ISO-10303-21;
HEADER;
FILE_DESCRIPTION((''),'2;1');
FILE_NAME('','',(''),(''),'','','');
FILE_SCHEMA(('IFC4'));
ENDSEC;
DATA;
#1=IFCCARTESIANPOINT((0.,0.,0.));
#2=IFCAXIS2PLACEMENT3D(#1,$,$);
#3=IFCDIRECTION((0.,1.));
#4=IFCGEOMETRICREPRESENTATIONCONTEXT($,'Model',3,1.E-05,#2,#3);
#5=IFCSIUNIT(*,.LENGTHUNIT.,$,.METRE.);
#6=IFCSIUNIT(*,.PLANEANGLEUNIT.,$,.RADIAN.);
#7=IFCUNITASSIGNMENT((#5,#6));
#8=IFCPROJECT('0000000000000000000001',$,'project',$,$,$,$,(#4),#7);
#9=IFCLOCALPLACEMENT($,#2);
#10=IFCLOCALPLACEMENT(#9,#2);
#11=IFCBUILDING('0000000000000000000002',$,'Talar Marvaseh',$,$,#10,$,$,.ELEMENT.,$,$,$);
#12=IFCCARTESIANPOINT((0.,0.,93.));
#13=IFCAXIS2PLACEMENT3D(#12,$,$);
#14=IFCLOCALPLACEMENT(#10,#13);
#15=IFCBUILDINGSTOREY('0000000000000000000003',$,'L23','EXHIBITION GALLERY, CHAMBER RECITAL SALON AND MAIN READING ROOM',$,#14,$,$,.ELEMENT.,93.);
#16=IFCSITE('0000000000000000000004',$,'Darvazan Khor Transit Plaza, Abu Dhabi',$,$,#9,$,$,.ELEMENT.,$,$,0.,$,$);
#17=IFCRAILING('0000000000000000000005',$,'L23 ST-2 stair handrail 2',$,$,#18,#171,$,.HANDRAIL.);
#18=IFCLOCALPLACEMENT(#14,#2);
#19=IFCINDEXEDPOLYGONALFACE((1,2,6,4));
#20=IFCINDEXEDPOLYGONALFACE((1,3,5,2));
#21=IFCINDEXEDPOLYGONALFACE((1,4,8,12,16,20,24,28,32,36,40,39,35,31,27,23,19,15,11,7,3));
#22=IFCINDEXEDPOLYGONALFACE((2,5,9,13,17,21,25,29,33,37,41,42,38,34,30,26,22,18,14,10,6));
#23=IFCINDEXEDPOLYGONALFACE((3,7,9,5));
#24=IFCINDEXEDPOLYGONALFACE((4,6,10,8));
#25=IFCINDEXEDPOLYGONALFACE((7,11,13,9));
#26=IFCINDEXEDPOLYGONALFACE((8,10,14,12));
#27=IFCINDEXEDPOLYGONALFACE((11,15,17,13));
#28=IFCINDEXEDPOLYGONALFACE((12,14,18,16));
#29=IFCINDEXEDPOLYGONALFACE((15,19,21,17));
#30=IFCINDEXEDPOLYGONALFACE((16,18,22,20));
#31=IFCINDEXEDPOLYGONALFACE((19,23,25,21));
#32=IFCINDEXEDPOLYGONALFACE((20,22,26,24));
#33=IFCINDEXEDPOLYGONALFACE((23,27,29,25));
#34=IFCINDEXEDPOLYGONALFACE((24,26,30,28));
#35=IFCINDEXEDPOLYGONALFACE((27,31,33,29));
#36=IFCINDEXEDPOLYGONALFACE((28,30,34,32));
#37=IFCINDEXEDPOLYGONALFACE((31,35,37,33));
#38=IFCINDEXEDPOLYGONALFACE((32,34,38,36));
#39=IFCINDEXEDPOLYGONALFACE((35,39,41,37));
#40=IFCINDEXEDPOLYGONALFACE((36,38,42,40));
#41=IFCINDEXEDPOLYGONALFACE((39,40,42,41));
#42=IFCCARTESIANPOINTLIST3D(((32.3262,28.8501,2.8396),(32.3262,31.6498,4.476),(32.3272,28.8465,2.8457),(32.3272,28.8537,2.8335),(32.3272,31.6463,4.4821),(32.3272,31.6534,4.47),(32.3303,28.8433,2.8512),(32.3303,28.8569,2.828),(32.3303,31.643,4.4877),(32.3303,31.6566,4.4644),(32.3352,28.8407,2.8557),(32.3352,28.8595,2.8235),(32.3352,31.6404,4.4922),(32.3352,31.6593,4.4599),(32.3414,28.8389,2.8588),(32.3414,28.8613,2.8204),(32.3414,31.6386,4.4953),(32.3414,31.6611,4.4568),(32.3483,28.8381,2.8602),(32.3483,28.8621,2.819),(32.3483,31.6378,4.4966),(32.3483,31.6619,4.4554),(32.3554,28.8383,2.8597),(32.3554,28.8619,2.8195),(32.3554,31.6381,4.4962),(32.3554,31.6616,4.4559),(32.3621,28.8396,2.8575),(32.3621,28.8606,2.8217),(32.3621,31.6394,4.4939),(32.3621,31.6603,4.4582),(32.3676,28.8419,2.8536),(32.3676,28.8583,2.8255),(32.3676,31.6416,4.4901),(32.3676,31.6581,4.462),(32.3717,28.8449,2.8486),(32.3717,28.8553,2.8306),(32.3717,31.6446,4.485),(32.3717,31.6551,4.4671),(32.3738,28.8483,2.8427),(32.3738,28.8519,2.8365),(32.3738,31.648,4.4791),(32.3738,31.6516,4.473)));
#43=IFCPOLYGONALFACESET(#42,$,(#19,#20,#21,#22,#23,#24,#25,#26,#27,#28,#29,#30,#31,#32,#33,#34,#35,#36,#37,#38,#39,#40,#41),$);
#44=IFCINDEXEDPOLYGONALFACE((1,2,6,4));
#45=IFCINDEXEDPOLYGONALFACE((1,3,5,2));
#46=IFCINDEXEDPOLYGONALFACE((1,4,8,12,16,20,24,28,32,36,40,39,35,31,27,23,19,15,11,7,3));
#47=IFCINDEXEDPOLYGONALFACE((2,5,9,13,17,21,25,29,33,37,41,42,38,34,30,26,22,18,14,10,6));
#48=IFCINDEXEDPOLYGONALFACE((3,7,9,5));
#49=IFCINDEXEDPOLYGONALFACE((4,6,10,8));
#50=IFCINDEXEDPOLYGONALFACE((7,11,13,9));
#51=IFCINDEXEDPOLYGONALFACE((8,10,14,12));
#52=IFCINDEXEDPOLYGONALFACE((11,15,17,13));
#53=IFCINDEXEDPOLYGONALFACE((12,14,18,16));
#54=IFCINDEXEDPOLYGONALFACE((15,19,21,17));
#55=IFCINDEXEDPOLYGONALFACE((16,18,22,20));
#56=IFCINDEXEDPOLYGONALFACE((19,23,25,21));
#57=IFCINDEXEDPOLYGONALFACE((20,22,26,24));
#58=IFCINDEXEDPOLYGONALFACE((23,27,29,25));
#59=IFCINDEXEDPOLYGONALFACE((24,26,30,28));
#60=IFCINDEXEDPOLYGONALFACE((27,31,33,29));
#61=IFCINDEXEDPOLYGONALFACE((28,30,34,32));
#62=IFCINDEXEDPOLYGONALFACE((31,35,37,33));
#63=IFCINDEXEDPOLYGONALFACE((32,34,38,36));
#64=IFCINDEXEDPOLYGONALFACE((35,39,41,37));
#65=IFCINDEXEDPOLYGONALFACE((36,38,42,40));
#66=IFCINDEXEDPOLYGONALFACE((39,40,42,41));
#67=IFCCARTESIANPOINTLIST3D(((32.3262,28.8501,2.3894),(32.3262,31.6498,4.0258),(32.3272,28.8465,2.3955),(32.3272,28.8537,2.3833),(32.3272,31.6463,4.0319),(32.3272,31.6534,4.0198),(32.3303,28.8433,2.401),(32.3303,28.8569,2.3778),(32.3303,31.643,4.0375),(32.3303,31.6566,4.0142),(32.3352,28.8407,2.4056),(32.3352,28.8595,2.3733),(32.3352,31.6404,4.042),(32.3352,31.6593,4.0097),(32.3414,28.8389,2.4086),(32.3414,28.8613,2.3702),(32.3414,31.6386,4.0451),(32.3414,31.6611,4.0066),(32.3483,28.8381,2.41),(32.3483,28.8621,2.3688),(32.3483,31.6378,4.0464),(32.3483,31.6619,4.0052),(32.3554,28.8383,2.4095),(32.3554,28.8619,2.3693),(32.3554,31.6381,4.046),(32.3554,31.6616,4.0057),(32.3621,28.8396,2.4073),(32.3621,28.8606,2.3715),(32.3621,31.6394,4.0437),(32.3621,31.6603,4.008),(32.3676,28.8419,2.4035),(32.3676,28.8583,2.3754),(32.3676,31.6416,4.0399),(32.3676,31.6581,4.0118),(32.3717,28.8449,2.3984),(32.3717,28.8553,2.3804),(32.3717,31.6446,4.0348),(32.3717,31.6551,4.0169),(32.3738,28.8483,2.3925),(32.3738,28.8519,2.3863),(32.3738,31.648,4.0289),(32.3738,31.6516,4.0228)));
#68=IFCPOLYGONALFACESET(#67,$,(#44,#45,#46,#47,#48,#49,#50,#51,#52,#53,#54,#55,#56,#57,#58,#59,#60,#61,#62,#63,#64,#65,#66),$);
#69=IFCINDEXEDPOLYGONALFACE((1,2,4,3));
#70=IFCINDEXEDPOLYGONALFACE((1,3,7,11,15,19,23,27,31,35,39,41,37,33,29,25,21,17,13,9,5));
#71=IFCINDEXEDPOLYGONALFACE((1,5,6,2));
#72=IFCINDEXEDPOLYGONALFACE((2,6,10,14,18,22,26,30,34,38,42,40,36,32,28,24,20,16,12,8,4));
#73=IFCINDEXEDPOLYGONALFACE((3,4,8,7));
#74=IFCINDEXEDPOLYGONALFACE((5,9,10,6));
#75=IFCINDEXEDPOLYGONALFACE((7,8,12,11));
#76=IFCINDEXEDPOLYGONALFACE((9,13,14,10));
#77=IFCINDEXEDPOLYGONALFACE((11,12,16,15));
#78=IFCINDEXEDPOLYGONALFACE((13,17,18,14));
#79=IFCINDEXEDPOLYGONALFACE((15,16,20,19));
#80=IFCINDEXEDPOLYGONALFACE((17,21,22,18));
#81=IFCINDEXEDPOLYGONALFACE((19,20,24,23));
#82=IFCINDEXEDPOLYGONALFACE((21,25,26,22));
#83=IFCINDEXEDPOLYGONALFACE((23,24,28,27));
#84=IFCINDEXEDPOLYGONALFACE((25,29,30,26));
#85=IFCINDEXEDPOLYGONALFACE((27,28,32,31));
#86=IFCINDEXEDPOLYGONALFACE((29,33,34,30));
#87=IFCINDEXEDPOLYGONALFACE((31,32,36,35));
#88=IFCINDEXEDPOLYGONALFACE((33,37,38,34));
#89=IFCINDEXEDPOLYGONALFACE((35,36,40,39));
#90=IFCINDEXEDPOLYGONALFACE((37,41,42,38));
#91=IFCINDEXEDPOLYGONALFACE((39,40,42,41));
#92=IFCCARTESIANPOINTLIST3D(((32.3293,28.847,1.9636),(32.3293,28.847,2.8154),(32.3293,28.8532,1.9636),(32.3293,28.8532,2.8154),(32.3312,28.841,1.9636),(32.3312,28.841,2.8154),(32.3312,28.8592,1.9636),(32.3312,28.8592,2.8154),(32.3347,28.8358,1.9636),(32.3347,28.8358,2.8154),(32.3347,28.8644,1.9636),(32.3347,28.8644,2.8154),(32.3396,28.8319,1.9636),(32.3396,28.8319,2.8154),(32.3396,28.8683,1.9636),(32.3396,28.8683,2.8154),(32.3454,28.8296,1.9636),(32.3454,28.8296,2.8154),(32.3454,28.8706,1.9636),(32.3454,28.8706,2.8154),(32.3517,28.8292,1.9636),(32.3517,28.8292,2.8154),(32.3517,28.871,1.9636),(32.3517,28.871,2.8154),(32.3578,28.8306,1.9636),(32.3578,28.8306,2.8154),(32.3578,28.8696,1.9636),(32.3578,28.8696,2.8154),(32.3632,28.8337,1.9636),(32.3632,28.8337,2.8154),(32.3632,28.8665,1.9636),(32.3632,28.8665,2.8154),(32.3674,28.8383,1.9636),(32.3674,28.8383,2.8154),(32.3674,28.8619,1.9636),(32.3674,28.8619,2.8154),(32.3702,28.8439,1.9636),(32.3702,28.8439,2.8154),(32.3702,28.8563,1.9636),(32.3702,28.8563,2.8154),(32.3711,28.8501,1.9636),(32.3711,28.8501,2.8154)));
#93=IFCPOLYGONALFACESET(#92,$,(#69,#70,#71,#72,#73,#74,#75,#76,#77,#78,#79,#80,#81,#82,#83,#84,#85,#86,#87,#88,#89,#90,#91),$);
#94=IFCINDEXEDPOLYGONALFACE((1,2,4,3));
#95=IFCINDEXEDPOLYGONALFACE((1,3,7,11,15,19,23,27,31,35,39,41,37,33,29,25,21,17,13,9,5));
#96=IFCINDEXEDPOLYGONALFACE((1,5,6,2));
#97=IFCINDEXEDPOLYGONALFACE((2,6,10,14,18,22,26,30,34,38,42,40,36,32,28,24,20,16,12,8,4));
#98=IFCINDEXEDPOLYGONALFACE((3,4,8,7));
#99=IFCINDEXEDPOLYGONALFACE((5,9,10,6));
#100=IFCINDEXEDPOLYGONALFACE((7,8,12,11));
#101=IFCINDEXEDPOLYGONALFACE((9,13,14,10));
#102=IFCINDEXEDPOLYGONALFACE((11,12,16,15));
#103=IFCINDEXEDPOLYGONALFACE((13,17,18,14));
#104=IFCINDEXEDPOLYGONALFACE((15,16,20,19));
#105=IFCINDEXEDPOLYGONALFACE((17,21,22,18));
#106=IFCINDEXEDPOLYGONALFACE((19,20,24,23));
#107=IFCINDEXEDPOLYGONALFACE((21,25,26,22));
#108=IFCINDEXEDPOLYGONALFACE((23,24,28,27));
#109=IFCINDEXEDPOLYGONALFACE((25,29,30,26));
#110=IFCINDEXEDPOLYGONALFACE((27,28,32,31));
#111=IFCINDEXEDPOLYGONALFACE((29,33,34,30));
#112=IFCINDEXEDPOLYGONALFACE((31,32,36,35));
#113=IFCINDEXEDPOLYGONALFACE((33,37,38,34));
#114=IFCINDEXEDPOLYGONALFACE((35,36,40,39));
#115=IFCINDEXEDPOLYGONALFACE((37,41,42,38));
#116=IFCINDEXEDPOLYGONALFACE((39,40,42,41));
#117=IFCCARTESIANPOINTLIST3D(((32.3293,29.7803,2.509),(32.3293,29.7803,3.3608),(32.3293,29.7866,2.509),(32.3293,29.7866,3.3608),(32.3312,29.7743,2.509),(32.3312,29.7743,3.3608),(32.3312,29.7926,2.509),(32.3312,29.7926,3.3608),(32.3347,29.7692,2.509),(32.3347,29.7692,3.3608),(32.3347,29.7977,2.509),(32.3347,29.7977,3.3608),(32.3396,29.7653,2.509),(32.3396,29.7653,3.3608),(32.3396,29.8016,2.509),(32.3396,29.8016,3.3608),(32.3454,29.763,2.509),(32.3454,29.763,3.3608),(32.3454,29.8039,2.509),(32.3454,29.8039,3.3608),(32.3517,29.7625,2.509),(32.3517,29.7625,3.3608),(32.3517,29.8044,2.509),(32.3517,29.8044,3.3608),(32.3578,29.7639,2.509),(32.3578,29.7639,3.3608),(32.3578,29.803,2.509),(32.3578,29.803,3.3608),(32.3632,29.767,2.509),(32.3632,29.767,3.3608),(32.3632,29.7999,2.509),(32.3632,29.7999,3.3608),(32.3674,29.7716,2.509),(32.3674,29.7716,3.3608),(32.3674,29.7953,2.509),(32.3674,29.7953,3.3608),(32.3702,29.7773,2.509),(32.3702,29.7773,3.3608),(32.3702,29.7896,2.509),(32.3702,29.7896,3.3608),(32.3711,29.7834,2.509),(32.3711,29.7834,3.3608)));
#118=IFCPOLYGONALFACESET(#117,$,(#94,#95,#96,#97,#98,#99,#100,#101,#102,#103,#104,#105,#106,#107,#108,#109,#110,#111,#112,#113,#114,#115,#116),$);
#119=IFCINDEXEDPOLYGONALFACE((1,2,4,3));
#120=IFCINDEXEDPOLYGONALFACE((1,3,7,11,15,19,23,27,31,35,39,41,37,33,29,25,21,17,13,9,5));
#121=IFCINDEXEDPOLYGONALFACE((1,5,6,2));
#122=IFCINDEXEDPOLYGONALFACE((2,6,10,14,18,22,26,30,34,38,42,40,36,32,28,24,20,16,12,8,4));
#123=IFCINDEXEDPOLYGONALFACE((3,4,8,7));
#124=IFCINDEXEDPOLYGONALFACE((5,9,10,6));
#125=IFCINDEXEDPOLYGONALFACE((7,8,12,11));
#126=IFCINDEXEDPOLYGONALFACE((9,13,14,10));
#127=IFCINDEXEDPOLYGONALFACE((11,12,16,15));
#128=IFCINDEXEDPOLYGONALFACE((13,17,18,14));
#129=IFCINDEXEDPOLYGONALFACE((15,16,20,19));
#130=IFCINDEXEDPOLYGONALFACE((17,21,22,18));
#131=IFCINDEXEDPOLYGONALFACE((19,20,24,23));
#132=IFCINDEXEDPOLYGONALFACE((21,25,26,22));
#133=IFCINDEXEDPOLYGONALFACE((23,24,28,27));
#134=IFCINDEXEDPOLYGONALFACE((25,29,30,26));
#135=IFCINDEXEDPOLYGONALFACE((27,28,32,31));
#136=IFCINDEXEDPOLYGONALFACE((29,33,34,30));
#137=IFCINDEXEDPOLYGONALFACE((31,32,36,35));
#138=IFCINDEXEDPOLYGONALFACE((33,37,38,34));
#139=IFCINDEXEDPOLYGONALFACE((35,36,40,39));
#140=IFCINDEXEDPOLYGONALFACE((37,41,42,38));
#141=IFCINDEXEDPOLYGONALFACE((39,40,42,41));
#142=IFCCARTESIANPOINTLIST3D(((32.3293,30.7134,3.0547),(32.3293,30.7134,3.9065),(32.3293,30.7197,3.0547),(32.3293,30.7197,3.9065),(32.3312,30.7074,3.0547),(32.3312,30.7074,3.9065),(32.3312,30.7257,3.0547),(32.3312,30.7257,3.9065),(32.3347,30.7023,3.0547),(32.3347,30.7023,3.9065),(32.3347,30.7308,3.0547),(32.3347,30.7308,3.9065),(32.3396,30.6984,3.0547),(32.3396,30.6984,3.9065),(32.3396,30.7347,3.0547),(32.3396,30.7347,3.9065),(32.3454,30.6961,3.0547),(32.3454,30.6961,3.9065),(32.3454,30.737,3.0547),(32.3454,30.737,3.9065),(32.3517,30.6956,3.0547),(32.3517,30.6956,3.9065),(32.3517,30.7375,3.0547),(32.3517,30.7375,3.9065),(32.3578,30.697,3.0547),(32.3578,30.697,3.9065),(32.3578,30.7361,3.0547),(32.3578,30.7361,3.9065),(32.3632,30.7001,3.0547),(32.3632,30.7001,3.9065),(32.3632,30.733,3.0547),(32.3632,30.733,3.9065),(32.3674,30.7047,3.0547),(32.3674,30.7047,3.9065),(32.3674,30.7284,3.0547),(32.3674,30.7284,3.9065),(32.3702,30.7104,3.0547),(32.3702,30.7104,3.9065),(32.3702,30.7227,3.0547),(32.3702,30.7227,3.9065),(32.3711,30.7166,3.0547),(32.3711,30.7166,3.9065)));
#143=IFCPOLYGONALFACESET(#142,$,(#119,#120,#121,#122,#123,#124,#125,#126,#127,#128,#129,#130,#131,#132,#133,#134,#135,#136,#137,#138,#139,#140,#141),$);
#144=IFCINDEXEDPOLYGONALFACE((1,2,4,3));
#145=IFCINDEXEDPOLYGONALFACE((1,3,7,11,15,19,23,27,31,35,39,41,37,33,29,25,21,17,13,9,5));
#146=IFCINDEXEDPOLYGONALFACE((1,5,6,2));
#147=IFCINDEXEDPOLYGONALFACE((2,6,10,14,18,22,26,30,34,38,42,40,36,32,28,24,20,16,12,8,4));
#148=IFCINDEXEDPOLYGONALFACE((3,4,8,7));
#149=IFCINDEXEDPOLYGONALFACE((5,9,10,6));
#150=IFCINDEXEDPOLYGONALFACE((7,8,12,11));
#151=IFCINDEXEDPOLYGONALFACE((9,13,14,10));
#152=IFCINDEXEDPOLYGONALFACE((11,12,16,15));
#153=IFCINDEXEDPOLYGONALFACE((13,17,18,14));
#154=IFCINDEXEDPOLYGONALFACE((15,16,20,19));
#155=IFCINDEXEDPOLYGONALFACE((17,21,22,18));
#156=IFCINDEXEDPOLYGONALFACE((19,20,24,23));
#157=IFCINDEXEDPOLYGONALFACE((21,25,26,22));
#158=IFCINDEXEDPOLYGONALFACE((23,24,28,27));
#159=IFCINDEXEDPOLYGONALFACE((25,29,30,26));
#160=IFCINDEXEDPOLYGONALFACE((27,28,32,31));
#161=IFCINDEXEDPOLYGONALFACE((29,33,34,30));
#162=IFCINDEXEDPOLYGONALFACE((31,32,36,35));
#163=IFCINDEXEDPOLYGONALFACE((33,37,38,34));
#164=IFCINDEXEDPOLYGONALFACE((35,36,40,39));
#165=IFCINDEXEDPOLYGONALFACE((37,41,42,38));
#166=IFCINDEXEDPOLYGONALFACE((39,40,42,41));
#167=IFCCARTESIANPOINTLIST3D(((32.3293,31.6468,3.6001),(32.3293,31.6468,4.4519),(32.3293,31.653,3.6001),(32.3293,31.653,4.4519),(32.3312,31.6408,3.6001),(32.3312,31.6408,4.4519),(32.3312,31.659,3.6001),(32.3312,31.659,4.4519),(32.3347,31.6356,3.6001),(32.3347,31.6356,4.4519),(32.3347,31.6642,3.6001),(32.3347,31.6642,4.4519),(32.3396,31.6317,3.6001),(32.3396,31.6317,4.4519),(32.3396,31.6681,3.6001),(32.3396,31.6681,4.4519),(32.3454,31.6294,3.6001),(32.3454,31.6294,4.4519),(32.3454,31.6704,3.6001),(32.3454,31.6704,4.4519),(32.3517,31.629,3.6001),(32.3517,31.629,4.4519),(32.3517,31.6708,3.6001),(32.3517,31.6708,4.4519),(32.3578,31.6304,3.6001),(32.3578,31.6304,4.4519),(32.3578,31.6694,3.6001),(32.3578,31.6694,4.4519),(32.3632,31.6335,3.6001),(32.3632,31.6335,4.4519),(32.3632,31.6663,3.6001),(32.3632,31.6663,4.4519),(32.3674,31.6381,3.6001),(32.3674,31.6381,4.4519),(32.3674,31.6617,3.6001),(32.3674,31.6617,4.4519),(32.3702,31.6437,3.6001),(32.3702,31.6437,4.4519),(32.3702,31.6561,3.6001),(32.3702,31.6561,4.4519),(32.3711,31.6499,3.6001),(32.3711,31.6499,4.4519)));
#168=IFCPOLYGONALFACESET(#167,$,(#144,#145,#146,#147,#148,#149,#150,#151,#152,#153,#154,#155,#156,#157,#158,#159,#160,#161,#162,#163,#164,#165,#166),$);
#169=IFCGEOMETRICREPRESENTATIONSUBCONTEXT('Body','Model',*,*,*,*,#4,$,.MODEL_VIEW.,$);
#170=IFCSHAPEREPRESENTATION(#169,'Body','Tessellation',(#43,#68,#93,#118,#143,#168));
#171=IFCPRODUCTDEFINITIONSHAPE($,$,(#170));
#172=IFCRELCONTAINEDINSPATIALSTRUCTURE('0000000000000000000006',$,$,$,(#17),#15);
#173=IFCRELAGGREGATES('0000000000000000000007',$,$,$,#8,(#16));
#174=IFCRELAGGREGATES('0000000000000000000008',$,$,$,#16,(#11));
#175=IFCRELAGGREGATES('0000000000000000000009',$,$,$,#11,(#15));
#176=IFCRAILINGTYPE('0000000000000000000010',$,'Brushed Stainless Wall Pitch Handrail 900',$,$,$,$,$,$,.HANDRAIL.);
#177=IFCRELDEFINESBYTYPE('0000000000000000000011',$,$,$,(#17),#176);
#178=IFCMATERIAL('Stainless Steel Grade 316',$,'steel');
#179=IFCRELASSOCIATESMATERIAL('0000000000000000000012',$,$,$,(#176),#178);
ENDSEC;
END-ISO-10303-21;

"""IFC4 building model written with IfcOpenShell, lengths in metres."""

from ifc_helpers import new_model, si_unit, direction, frame, origin, origin_2d, place, context, subcontext, project, spatial, circle, extrude, material, type_object, element, save


model = new_model("IFC4")

# Units and contexts
model_context = context("Model", 3, precision=1e-05, world=origin(), true_north=direction((0.0, 1.0)))
body_context = subcontext(model_context, "Body", "Model", "MODEL_VIEW")
ifc_project = project(units=[si_unit("LENGTHUNIT", "METRE"), si_unit("PLANEANGLEUNIT", "RADIAN")], contexts=[model_context])

# Site, building, storey
site_placement = place(None, origin())
site = spatial("IfcSite", under=ifc_project, at=site_placement, Name="Darvazan Khor Transit Plaza, Abu Dhabi", CompositionType="ELEMENT", RefElevation=0.0)
building_placement = place(site_placement, origin())
building = spatial("IfcBuilding", under=site, at=building_placement, Name="Talar Marvaseh", CompositionType="ELEMENT")
storey_placement = place(building_placement, frame((0.0, 0.0, 93.0)))
storey = spatial("IfcBuildingStorey", under=building, at=storey_placement, Name="L23", Description="EXHIBITION GALLERY, CHAMBER RECITAL SALON AND MAIN READING ROOM", CompositionType="ELEMENT", Elevation=93.0)

# Railing
ifc_material_1 = material(Name="Stainless Steel Grade 316", Category="steel")
railing_type = type_object("IfcRailingType", Name="Brushed Stainless Wall Pitch Handrail 900", PredefinedType="HANDRAIL", material=ifc_material_1)
railing_placement = place(storey_placement, frame((32.3501, 28.8501, 1.9636)))
element("IfcRailing", 1, at=railing_placement, inside=storey, type_object=railing_type, Name="L23 ST-2 stair handrail 2", PredefinedType="HANDRAIL", context=body_context, shape_type="SweptSolid", body=[
    extrude(circle(Radius=0.0239, at=origin_2d()), frame((0.0, 0.0, 0.876), z_axis=(0.0, 0.863342, 0.50462), x_axis=(-1.0, 0.0, 0.0)), (0.0, 0.0, 1.0), 3.2429),
    extrude(circle(Radius=0.0239, at=origin_2d()), frame((0.0, 0.0, 0.4258), z_axis=(0.0, 0.863342, 0.50462), x_axis=(-1.0, 0.0, 0.0)), (0.0, 0.0, 1.0), 3.2429),
    extrude(circle(Radius=0.021, at=origin_2d()), origin(), (0.0, 0.0, 1.0), 0.8518),
    extrude(circle(Radius=0.021, at=origin_2d()), frame((0.0, 0.9333, 0.5454)), (0.0, 0.0, 1.0), 0.8518),
    extrude(circle(Radius=0.021, at=origin_2d()), frame((0.0, 1.8665, 1.0911)), (0.0, 0.0, 1.0), 0.8518),
    extrude(circle(Radius=0.021, at=origin_2d()), frame((0.0, 2.7998, 1.6365)), (0.0, 0.0, 1.0), 0.8518),
])

save(model, "model.ifc")
